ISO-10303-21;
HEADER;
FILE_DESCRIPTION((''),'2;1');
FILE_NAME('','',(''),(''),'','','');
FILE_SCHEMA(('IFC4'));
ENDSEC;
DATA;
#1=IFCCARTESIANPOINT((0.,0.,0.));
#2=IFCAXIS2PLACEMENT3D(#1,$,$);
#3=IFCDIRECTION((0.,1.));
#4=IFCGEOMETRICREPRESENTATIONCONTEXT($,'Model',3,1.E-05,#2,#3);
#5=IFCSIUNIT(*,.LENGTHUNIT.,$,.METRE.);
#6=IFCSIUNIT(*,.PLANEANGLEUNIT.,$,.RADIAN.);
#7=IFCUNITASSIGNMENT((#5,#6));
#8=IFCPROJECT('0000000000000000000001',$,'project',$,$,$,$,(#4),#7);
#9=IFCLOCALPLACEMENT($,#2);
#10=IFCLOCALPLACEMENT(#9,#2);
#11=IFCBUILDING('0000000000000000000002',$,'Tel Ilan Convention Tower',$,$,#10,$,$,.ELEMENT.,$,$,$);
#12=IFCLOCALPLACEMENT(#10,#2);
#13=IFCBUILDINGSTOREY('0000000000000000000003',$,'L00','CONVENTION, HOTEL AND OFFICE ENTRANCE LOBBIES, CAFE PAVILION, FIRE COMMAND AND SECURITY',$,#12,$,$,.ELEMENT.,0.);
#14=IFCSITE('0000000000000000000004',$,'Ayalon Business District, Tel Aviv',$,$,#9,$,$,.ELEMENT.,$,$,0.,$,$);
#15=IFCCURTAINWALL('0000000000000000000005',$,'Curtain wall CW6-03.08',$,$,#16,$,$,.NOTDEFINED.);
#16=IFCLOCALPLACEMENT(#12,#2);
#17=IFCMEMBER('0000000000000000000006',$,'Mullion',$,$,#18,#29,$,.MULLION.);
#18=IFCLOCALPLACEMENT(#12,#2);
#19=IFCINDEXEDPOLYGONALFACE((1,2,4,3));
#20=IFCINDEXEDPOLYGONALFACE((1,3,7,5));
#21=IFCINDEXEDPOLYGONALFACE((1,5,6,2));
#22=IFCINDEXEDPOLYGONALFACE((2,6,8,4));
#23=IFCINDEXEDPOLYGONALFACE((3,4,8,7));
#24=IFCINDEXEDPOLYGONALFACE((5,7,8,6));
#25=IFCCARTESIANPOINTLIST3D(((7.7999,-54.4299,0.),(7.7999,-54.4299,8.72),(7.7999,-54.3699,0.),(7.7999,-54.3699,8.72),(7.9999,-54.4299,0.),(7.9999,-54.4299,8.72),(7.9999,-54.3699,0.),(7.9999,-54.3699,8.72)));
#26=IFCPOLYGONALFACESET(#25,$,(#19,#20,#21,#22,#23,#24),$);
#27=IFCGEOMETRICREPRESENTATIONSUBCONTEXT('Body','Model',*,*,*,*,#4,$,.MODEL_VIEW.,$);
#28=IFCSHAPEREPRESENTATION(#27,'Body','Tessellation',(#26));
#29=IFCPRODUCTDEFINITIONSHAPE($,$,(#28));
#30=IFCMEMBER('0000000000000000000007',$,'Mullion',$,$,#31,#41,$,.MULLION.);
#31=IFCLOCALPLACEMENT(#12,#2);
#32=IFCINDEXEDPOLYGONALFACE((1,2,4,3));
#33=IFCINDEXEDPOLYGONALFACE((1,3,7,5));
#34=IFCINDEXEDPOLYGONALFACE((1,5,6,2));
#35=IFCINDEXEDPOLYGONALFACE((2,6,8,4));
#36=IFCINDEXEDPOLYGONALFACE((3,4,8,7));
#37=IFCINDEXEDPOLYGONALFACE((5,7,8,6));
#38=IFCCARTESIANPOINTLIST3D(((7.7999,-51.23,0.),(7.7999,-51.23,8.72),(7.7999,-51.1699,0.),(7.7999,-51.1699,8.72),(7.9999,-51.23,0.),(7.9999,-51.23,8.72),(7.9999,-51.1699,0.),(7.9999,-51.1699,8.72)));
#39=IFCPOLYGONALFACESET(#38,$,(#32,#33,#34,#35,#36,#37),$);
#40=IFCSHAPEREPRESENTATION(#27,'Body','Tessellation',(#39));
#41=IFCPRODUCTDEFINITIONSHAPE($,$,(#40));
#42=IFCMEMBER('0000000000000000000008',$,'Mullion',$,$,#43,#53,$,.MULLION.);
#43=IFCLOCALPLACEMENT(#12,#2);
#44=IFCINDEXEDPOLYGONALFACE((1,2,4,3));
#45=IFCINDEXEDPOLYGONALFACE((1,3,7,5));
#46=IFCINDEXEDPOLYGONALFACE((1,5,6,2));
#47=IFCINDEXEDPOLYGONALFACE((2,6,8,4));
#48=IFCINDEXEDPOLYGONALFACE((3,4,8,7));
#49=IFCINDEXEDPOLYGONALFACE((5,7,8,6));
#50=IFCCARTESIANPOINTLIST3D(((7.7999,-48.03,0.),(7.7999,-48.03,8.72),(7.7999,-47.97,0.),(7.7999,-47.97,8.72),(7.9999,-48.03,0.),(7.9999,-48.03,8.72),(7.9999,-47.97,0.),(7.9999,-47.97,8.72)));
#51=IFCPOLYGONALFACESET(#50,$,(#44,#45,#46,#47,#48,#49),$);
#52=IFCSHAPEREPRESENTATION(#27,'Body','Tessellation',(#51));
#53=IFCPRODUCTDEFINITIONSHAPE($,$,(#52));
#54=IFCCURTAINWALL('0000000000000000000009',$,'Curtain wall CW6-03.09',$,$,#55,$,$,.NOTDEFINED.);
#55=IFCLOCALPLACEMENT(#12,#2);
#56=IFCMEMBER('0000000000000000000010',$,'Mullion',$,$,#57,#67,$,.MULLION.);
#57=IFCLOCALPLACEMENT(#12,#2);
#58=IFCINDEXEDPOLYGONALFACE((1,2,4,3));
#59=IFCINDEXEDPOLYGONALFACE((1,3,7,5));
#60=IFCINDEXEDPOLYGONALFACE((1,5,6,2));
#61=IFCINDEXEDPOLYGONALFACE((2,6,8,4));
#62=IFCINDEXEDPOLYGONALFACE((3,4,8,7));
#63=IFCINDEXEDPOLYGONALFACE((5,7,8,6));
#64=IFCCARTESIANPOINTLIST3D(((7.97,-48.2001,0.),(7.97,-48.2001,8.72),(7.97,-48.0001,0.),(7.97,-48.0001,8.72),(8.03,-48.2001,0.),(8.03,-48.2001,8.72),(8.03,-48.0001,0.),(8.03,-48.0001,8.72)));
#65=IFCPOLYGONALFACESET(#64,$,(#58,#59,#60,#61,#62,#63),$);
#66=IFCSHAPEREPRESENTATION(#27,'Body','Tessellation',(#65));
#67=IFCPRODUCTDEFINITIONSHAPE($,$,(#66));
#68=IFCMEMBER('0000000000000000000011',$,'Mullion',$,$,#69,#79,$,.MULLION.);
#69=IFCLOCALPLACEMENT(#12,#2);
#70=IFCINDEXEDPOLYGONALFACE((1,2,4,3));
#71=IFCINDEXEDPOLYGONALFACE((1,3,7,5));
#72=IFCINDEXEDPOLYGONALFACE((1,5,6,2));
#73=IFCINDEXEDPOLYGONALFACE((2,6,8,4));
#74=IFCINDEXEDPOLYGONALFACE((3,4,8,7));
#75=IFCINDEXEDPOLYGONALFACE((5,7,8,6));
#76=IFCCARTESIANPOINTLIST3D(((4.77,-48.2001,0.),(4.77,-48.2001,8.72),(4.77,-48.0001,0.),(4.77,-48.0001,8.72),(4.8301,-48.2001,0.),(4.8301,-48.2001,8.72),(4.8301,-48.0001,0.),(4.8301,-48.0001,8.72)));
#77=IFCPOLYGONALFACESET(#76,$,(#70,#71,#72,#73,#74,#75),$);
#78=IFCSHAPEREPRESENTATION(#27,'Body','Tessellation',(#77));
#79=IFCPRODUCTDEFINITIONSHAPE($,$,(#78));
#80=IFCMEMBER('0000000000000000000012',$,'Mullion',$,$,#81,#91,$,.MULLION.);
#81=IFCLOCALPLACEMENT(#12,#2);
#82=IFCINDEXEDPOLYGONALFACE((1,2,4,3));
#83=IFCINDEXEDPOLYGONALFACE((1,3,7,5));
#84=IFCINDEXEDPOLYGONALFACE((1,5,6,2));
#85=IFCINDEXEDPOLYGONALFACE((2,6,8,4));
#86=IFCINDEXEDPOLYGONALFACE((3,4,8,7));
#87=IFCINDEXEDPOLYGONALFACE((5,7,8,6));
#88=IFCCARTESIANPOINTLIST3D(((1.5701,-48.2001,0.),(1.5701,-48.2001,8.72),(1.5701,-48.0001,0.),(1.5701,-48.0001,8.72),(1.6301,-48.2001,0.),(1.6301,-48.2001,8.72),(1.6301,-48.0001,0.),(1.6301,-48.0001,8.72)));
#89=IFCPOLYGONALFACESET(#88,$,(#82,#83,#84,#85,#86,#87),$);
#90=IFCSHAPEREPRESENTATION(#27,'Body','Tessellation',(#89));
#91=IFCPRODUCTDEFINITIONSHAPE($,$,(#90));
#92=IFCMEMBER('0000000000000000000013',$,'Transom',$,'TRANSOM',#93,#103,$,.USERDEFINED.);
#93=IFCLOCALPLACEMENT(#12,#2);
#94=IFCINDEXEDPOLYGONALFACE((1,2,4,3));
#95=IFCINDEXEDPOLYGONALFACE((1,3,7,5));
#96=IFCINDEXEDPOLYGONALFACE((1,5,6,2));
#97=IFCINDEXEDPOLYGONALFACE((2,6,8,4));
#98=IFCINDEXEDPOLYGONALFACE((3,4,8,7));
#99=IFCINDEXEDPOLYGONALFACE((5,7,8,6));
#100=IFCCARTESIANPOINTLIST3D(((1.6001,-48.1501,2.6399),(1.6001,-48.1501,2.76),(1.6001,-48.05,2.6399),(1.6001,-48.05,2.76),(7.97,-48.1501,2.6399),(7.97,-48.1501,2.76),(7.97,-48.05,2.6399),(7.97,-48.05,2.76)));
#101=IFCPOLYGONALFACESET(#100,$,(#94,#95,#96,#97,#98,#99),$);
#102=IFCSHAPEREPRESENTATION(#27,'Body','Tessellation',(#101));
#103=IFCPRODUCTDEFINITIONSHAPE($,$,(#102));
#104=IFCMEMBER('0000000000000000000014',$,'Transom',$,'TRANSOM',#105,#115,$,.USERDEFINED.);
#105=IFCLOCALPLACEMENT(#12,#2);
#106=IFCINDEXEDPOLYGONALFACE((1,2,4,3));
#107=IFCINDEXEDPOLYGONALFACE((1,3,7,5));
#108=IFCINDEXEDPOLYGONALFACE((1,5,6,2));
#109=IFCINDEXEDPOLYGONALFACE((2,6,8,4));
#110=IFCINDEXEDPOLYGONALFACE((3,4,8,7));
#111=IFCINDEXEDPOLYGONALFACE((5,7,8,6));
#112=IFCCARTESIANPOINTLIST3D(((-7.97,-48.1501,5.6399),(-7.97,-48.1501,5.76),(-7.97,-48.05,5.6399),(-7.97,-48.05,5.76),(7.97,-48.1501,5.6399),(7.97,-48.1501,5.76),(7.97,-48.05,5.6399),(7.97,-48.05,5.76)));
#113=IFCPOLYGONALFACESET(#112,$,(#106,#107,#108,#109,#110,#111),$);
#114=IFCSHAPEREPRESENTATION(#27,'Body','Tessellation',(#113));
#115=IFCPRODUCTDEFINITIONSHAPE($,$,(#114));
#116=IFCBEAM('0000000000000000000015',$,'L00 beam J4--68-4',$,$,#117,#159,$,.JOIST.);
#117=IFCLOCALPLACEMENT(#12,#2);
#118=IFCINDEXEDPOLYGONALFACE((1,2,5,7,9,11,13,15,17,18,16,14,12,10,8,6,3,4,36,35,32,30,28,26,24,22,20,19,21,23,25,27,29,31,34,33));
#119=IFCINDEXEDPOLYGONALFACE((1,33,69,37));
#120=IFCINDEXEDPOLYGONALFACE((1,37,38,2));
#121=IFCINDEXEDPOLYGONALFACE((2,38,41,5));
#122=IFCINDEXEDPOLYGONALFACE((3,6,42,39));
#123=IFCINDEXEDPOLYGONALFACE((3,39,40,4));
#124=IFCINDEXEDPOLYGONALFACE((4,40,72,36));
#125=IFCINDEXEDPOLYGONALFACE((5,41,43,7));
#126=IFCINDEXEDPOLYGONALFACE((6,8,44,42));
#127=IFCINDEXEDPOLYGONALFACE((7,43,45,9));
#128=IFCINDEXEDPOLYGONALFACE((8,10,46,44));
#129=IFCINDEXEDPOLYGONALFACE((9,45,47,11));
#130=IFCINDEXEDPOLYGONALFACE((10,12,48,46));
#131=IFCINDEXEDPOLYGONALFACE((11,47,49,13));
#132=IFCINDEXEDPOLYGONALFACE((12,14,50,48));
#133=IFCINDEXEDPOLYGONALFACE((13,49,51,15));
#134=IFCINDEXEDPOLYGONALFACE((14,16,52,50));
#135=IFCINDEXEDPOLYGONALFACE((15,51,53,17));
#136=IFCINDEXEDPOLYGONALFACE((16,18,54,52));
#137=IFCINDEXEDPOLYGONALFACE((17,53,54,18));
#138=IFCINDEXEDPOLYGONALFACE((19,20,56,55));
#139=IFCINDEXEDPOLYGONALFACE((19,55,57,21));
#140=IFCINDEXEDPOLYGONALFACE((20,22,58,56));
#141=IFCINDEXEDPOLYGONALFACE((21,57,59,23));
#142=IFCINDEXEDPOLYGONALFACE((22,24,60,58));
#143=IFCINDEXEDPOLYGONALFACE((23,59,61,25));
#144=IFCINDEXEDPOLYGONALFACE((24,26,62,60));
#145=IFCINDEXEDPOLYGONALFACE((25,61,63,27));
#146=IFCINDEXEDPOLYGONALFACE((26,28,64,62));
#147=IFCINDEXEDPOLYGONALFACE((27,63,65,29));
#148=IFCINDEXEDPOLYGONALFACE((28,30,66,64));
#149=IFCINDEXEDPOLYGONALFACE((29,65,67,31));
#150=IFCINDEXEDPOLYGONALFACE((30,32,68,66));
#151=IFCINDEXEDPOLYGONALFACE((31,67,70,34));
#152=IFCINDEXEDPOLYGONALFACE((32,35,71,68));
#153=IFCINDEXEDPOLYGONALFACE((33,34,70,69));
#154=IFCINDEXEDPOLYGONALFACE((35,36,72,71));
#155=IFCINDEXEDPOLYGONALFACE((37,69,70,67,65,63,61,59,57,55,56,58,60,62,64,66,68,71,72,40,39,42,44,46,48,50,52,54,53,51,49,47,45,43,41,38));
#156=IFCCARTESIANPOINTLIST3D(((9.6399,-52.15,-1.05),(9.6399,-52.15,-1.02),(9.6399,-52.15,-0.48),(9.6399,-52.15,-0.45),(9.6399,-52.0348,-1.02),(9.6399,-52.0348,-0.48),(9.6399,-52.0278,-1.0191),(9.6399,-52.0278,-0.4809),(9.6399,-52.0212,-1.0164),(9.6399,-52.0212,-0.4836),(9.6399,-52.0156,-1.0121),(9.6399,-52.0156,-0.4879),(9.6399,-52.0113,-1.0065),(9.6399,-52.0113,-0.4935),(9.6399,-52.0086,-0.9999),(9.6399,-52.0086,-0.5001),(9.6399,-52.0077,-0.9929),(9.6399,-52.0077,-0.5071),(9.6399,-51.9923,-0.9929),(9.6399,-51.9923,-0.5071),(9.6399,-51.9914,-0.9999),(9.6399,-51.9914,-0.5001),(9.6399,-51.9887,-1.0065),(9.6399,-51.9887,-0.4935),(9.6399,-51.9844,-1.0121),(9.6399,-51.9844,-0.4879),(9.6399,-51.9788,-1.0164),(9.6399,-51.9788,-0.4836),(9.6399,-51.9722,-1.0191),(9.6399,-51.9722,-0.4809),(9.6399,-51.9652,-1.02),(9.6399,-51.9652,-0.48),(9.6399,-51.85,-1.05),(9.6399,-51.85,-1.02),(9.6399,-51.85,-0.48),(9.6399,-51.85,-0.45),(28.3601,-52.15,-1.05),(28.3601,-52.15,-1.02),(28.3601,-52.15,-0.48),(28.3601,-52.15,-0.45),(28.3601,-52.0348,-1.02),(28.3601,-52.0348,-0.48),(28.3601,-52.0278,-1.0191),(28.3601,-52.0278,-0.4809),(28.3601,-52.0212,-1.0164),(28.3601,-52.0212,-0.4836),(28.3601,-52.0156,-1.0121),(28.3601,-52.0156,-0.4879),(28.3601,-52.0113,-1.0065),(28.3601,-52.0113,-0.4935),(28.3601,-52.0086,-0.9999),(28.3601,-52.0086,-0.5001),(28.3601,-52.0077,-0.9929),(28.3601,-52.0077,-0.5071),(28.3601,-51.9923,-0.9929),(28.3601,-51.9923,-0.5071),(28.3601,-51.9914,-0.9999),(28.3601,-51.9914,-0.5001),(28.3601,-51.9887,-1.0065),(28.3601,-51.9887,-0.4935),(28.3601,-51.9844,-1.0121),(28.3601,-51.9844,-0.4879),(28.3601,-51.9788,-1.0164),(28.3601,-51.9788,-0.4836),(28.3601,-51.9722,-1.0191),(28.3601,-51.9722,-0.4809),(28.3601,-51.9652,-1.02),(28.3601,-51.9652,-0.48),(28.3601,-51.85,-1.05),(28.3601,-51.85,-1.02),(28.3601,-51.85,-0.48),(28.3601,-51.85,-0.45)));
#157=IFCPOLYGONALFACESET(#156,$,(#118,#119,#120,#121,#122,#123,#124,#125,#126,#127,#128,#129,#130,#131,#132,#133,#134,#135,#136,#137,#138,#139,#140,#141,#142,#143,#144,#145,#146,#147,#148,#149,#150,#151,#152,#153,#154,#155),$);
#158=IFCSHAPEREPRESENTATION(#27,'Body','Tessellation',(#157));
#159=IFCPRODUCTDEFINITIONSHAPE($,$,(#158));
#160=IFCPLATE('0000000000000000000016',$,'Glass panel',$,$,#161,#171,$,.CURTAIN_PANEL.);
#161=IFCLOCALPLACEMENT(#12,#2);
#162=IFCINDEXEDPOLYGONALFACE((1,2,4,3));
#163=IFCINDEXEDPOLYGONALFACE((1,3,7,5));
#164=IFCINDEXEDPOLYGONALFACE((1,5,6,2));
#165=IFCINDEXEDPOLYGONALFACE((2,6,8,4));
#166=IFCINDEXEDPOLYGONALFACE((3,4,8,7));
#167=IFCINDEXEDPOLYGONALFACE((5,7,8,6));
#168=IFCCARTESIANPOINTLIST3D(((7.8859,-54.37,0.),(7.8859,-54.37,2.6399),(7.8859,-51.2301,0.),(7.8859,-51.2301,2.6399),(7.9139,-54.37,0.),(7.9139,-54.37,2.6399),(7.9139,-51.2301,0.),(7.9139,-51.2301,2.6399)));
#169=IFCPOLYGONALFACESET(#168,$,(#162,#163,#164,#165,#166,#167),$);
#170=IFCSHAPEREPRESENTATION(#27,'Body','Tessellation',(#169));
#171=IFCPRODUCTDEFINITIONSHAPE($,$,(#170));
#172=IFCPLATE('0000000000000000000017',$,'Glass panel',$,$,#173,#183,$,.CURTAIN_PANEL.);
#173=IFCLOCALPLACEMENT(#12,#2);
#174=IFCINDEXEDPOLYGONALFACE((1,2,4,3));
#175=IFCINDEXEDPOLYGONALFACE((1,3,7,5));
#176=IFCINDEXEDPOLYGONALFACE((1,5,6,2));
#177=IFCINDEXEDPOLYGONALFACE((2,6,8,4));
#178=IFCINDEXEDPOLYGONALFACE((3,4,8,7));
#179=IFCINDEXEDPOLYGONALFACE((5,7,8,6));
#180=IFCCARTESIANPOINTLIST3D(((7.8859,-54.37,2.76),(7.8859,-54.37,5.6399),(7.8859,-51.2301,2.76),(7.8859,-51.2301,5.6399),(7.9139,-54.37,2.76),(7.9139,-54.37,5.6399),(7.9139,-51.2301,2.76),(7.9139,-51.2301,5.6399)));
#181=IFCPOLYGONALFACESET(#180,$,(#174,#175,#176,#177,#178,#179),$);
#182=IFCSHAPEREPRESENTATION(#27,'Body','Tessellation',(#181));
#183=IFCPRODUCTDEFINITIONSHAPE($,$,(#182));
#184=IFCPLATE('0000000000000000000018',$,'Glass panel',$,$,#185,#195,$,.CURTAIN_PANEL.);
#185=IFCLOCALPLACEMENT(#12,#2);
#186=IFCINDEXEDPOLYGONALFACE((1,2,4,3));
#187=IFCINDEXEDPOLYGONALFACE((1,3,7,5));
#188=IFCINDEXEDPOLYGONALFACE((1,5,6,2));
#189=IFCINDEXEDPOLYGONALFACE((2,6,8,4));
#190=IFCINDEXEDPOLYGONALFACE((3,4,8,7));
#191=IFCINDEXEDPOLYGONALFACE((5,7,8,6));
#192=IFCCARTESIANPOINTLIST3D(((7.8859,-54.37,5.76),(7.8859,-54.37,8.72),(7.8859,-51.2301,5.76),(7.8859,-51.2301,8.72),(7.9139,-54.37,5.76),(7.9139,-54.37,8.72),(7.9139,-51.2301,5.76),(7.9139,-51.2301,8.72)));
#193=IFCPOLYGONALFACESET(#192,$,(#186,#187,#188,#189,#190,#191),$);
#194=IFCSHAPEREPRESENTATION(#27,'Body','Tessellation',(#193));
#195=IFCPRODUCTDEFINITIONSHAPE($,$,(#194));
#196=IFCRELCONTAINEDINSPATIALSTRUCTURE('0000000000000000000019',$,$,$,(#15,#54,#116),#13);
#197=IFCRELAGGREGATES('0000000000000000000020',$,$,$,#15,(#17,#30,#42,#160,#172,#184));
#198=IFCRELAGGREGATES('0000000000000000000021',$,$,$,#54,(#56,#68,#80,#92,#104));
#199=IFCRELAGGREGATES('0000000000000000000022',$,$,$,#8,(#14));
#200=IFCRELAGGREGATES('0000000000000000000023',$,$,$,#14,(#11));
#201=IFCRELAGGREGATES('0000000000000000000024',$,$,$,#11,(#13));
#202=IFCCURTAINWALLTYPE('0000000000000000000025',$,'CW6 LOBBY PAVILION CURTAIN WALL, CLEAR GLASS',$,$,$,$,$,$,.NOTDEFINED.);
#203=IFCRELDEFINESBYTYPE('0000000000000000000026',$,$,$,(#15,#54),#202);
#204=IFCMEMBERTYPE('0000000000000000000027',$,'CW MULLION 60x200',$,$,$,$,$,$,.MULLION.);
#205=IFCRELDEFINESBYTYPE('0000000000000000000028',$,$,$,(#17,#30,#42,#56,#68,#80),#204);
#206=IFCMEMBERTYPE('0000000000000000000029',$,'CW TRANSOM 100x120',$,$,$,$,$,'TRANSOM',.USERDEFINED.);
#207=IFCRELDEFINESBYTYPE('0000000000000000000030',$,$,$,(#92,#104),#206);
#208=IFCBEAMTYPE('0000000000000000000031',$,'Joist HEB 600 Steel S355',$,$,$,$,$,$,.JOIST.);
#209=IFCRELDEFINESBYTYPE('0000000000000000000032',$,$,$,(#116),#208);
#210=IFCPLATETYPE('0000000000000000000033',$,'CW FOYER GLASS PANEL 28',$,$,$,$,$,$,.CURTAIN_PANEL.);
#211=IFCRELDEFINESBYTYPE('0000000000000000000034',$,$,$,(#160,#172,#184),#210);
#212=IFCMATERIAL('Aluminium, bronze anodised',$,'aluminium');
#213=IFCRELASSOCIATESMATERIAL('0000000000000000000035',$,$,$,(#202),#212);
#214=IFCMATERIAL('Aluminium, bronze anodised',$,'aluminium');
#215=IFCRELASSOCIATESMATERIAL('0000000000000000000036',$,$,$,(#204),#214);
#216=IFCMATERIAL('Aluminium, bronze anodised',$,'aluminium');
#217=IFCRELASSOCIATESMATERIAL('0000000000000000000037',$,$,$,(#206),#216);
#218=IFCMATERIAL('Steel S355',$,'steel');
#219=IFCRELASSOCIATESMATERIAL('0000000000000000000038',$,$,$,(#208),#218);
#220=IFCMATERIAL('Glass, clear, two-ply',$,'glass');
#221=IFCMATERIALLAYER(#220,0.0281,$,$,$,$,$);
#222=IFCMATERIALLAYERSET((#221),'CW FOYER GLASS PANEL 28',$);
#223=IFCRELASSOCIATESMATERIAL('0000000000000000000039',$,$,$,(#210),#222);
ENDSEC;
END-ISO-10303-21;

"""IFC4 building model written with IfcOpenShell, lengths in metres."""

from ifc_helpers import new_model, si_unit, direction, frame, origin, origin_2d, place, context, subcontext, project, spatial, rectangle, i_section, extrude, material, layer, layer_set, material_profile, profile_set, type_object, element, aggregate, save


model = new_model("IFC4")

# Units and contexts
model_context = context("Model", 3, precision=1e-05, world=origin(), true_north=direction((0.0, 1.0)))
body_context = subcontext(model_context, "Body", "Model", "MODEL_VIEW")
ifc_project = project(units=[si_unit("LENGTHUNIT", "METRE"), si_unit("PLANEANGLEUNIT", "RADIAN")], contexts=[model_context])

# Site, building, storey
site_placement = place(None, origin())
site = spatial("IfcSite", under=ifc_project, at=site_placement, Name="Ayalon Business District, Tel Aviv", CompositionType="ELEMENT", RefElevation=0.0)
building_placement = place(site_placement, origin())
building = spatial("IfcBuilding", under=site, at=building_placement, Name="Tel Ilan Convention Tower", CompositionType="ELEMENT")
storey_placement = place(building_placement, origin())
storey = spatial("IfcBuildingStorey", under=building, at=storey_placement, Name="L00", Description="CONVENTION, HOTEL AND OFFICE ENTRANCE LOBBIES, CAFE PAVILION, FIRE COMMAND AND SECURITY", CompositionType="ELEMENT", Elevation=0.0)

# Curtain walls, members
ifc_material_1 = material(Name="Aluminium, bronze anodised", Category="aluminium")
curtain_wall_type = type_object("IfcCurtainWallType", Name="CW6 LOBBY PAVILION CURTAIN WALL, CLEAR GLASS", PredefinedType="NOTDEFINED", material=ifc_material_1)
curtain_wall_1_placement = place(storey_placement, origin())
curtain_wall_1 = element("IfcCurtainWall", 1, at=curtain_wall_1_placement, inside=storey, type_object=curtain_wall_type, Name="Curtain wall CW6-03.08", PredefinedType="NOTDEFINED")
ifc_material_2 = material(Name="Aluminium, bronze anodised", Category="aluminium")
ifc_material_profile_1 = material_profile(ifc_material_2, rectangle(XDim=0.0601, YDim=0.2, at=origin_2d()), Name="CW MULLION 60x200")
ifc_profile_set_1 = profile_set([ifc_material_profile_1], Name="Aluminium, bronze anodised")
member_type_1 = type_object("IfcMemberType", Name="CW MULLION 60x200", PredefinedType="MULLION", material=ifc_profile_set_1)
member_1_placement = place(storey_placement, frame((7.8999, -54.3999, 0.0), z_axis=(0.0, 0.0, 1.0), x_axis=(0.0, 1.0, 0.0)))
member_1 = element("IfcMember", 2, at=member_1_placement, type_object=member_type_1, Name="Mullion", PredefinedType="MULLION", context=body_context, shape_type="SweptSolid", body=[
    extrude(rectangle(XDim=0.0601, YDim=0.2, at=origin_2d()), origin(), (0.0, 0.0, 1.0), 8.72),
])
member_2_placement = place(storey_placement, frame((7.8999, -51.2, 0.0), z_axis=(0.0, 0.0, 1.0), x_axis=(0.0, 1.0, 0.0)))
member_2 = element("IfcMember", 3, at=member_2_placement, type_object=member_type_1, Name="Mullion", PredefinedType="MULLION", context=body_context, shape_type="SweptSolid", body=[
    extrude(rectangle(XDim=0.0601, YDim=0.2, at=origin_2d()), origin(), (0.0, 0.0, 1.0), 8.72),
])
member_3_placement = place(storey_placement, frame((7.8999, -48.0, 0.0), z_axis=(0.0, 0.0, 1.0), x_axis=(0.0, 1.0, 0.0)))
member_3 = element("IfcMember", 4, at=member_3_placement, type_object=member_type_1, Name="Mullion", PredefinedType="MULLION", context=body_context, shape_type="SweptSolid", body=[
    extrude(rectangle(XDim=0.0601, YDim=0.2, at=origin_2d()), origin(), (0.0, 0.0, 1.0), 8.72),
])
curtain_wall_2_placement = place(storey_placement, origin())
curtain_wall_2 = element("IfcCurtainWall", 5, at=curtain_wall_2_placement, inside=storey, type_object=curtain_wall_type, Name="Curtain wall CW6-03.09", PredefinedType="NOTDEFINED")
member_4_placement = place(storey_placement, frame((8.0, -48.1001, 0.0), z_axis=(0.0, 0.0, 1.0), x_axis=(-1.0, 0.0, 0.0)))
member_4 = element("IfcMember", 6, at=member_4_placement, type_object=member_type_1, Name="Mullion", PredefinedType="MULLION", context=body_context, shape_type="SweptSolid", body=[
    extrude(rectangle(XDim=0.0601, YDim=0.2, at=origin_2d()), origin(), (0.0, 0.0, 1.0), 8.72),
])
member_5_placement = place(storey_placement, frame((4.8, -48.1001, 0.0), z_axis=(0.0, 0.0, 1.0), x_axis=(-1.0, 0.0, 0.0)))
member_5 = element("IfcMember", 7, at=member_5_placement, type_object=member_type_1, Name="Mullion", PredefinedType="MULLION", context=body_context, shape_type="SweptSolid", body=[
    extrude(rectangle(XDim=0.0601, YDim=0.2, at=origin_2d()), origin(), (0.0, 0.0, 1.0), 8.72),
])
member_6_placement = place(storey_placement, frame((1.6001, -48.1001, 0.0), z_axis=(0.0, 0.0, 1.0), x_axis=(-1.0, 0.0, 0.0)))
member_6 = element("IfcMember", 8, at=member_6_placement, type_object=member_type_1, Name="Mullion", PredefinedType="MULLION", context=body_context, shape_type="SweptSolid", body=[
    extrude(rectangle(XDim=0.0601, YDim=0.2, at=origin_2d()), origin(), (0.0, 0.0, 1.0), 8.72),
])
ifc_material_3 = material(Name="Aluminium, bronze anodised", Category="aluminium")
ifc_material_profile_2 = material_profile(ifc_material_3, rectangle(XDim=0.1001, YDim=0.1201, at=origin_2d()), Name="CW TRANSOM 100x120")
ifc_profile_set_2 = profile_set([ifc_material_profile_2], Name="Aluminium, bronze anodised")
member_type_2 = type_object("IfcMemberType", Name="CW TRANSOM 100x120", ElementType="TRANSOM", PredefinedType="USERDEFINED", material=ifc_profile_set_2)
member_7_placement = place(storey_placement, frame((7.97, -48.1001, 2.7), z_axis=(-1.0, 0.0, 0.0), x_axis=(0.0, -1.0, 0.0)))
member_7 = element("IfcMember", 9, at=member_7_placement, type_object=member_type_2, Name="Transom", ObjectType="TRANSOM", PredefinedType="USERDEFINED", context=body_context, shape_type="SweptSolid", body=[
    extrude(rectangle(XDim=0.1001, YDim=0.1201, at=origin_2d()), origin(), (0.0, 0.0, 1.0), 6.3699),
])
member_8_placement = place(storey_placement, frame((7.97, -48.1001, 5.7), z_axis=(-1.0, 0.0, 0.0), x_axis=(0.0, -1.0, 0.0)))
member_8 = element("IfcMember", 10, at=member_8_placement, type_object=member_type_2, Name="Transom", ObjectType="TRANSOM", PredefinedType="USERDEFINED", context=body_context, shape_type="SweptSolid", body=[
    extrude(rectangle(XDim=0.1001, YDim=0.1201, at=origin_2d()), origin(), (0.0, 0.0, 1.0), 15.9399),
])

# Beam
ifc_material_4 = material(Name="Steel S355", Category="steel")
ifc_material_profile_3 = material_profile(ifc_material_4, i_section(OverallWidth=0.3, OverallDepth=0.6001, WebThickness=0.0154, FlangeThickness=0.03, FilletRadius=0.0271, at=origin_2d()), Name="HEB 600")
ifc_profile_set_3 = profile_set([ifc_material_profile_3], Name="Steel S355")
beam_type = type_object("IfcBeamType", Name="Joist HEB 600 Steel S355", PredefinedType="JOIST", material=ifc_profile_set_3)
beam_placement = place(storey_placement, frame((9.6399, -52.0, -0.75), z_axis=(1.0, 0.0, 0.0), x_axis=(0.0, 1.0, 0.0)))
element("IfcBeam", 11, at=beam_placement, inside=storey, type_object=beam_type, Name="L00 beam J4--68-4", PredefinedType="JOIST", context=body_context, shape_type="SweptSolid", body=[
    extrude(i_section(OverallWidth=0.3, OverallDepth=0.6001, WebThickness=0.0154, FlangeThickness=0.03, FilletRadius=0.0271, at=origin_2d()), origin(), (0.0, 0.0, 1.0), 18.7202),
])

# Plates
ifc_material_5 = material(Name="Glass, clear, two-ply", Category="glass")
ifc_layer_1 = layer(ifc_material_5, 0.0281)
ifc_layer_set_1 = layer_set([ifc_layer_1], Name="CW FOYER GLASS PANEL 28")
plate_type = type_object("IfcPlateType", Name="CW FOYER GLASS PANEL 28", PredefinedType="CURTAIN_PANEL", material=ifc_layer_set_1)
plate_1_placement = place(storey_placement, frame((7.8999, -52.8, 0.0), z_axis=(0.0, 0.0, 1.0), x_axis=(0.0, 1.0, 0.0)))
plate_1 = element("IfcPlate", 12, at=plate_1_placement, type_object=plate_type, Name="Glass panel", PredefinedType="CURTAIN_PANEL", context=body_context, shape_type="SweptSolid", body=[
    extrude(rectangle(XDim=3.1399, YDim=0.0281, at=origin_2d()), origin(), (0.0, 0.0, 1.0), 2.6399),
])
plate_2_placement = place(storey_placement, frame((7.8999, -52.8, 2.76), z_axis=(0.0, 0.0, 1.0), x_axis=(0.0, 1.0, 0.0)))
plate_2 = element("IfcPlate", 13, at=plate_2_placement, type_object=plate_type, Name="Glass panel", PredefinedType="CURTAIN_PANEL", context=body_context, shape_type="SweptSolid", body=[
    extrude(rectangle(XDim=3.1399, YDim=0.0281, at=origin_2d()), origin(), (0.0, 0.0, 1.0), 2.8799),
])
plate_3_placement = place(storey_placement, frame((7.8999, -52.8, 5.76), z_axis=(0.0, 0.0, 1.0), x_axis=(0.0, 1.0, 0.0)))
plate_3 = element("IfcPlate", 14, at=plate_3_placement, type_object=plate_type, Name="Glass panel", PredefinedType="CURTAIN_PANEL", context=body_context, shape_type="SweptSolid", body=[
    extrude(rectangle(XDim=3.1399, YDim=0.0281, at=origin_2d()), origin(), (0.0, 0.0, 1.0), 2.96),
])
aggregate(curtain_wall_1, [member_1, member_2, member_3, plate_1, plate_2, plate_3])
aggregate(curtain_wall_2, [member_4, member_5, member_6, member_7, member_8])

save(model, "model.ifc")
